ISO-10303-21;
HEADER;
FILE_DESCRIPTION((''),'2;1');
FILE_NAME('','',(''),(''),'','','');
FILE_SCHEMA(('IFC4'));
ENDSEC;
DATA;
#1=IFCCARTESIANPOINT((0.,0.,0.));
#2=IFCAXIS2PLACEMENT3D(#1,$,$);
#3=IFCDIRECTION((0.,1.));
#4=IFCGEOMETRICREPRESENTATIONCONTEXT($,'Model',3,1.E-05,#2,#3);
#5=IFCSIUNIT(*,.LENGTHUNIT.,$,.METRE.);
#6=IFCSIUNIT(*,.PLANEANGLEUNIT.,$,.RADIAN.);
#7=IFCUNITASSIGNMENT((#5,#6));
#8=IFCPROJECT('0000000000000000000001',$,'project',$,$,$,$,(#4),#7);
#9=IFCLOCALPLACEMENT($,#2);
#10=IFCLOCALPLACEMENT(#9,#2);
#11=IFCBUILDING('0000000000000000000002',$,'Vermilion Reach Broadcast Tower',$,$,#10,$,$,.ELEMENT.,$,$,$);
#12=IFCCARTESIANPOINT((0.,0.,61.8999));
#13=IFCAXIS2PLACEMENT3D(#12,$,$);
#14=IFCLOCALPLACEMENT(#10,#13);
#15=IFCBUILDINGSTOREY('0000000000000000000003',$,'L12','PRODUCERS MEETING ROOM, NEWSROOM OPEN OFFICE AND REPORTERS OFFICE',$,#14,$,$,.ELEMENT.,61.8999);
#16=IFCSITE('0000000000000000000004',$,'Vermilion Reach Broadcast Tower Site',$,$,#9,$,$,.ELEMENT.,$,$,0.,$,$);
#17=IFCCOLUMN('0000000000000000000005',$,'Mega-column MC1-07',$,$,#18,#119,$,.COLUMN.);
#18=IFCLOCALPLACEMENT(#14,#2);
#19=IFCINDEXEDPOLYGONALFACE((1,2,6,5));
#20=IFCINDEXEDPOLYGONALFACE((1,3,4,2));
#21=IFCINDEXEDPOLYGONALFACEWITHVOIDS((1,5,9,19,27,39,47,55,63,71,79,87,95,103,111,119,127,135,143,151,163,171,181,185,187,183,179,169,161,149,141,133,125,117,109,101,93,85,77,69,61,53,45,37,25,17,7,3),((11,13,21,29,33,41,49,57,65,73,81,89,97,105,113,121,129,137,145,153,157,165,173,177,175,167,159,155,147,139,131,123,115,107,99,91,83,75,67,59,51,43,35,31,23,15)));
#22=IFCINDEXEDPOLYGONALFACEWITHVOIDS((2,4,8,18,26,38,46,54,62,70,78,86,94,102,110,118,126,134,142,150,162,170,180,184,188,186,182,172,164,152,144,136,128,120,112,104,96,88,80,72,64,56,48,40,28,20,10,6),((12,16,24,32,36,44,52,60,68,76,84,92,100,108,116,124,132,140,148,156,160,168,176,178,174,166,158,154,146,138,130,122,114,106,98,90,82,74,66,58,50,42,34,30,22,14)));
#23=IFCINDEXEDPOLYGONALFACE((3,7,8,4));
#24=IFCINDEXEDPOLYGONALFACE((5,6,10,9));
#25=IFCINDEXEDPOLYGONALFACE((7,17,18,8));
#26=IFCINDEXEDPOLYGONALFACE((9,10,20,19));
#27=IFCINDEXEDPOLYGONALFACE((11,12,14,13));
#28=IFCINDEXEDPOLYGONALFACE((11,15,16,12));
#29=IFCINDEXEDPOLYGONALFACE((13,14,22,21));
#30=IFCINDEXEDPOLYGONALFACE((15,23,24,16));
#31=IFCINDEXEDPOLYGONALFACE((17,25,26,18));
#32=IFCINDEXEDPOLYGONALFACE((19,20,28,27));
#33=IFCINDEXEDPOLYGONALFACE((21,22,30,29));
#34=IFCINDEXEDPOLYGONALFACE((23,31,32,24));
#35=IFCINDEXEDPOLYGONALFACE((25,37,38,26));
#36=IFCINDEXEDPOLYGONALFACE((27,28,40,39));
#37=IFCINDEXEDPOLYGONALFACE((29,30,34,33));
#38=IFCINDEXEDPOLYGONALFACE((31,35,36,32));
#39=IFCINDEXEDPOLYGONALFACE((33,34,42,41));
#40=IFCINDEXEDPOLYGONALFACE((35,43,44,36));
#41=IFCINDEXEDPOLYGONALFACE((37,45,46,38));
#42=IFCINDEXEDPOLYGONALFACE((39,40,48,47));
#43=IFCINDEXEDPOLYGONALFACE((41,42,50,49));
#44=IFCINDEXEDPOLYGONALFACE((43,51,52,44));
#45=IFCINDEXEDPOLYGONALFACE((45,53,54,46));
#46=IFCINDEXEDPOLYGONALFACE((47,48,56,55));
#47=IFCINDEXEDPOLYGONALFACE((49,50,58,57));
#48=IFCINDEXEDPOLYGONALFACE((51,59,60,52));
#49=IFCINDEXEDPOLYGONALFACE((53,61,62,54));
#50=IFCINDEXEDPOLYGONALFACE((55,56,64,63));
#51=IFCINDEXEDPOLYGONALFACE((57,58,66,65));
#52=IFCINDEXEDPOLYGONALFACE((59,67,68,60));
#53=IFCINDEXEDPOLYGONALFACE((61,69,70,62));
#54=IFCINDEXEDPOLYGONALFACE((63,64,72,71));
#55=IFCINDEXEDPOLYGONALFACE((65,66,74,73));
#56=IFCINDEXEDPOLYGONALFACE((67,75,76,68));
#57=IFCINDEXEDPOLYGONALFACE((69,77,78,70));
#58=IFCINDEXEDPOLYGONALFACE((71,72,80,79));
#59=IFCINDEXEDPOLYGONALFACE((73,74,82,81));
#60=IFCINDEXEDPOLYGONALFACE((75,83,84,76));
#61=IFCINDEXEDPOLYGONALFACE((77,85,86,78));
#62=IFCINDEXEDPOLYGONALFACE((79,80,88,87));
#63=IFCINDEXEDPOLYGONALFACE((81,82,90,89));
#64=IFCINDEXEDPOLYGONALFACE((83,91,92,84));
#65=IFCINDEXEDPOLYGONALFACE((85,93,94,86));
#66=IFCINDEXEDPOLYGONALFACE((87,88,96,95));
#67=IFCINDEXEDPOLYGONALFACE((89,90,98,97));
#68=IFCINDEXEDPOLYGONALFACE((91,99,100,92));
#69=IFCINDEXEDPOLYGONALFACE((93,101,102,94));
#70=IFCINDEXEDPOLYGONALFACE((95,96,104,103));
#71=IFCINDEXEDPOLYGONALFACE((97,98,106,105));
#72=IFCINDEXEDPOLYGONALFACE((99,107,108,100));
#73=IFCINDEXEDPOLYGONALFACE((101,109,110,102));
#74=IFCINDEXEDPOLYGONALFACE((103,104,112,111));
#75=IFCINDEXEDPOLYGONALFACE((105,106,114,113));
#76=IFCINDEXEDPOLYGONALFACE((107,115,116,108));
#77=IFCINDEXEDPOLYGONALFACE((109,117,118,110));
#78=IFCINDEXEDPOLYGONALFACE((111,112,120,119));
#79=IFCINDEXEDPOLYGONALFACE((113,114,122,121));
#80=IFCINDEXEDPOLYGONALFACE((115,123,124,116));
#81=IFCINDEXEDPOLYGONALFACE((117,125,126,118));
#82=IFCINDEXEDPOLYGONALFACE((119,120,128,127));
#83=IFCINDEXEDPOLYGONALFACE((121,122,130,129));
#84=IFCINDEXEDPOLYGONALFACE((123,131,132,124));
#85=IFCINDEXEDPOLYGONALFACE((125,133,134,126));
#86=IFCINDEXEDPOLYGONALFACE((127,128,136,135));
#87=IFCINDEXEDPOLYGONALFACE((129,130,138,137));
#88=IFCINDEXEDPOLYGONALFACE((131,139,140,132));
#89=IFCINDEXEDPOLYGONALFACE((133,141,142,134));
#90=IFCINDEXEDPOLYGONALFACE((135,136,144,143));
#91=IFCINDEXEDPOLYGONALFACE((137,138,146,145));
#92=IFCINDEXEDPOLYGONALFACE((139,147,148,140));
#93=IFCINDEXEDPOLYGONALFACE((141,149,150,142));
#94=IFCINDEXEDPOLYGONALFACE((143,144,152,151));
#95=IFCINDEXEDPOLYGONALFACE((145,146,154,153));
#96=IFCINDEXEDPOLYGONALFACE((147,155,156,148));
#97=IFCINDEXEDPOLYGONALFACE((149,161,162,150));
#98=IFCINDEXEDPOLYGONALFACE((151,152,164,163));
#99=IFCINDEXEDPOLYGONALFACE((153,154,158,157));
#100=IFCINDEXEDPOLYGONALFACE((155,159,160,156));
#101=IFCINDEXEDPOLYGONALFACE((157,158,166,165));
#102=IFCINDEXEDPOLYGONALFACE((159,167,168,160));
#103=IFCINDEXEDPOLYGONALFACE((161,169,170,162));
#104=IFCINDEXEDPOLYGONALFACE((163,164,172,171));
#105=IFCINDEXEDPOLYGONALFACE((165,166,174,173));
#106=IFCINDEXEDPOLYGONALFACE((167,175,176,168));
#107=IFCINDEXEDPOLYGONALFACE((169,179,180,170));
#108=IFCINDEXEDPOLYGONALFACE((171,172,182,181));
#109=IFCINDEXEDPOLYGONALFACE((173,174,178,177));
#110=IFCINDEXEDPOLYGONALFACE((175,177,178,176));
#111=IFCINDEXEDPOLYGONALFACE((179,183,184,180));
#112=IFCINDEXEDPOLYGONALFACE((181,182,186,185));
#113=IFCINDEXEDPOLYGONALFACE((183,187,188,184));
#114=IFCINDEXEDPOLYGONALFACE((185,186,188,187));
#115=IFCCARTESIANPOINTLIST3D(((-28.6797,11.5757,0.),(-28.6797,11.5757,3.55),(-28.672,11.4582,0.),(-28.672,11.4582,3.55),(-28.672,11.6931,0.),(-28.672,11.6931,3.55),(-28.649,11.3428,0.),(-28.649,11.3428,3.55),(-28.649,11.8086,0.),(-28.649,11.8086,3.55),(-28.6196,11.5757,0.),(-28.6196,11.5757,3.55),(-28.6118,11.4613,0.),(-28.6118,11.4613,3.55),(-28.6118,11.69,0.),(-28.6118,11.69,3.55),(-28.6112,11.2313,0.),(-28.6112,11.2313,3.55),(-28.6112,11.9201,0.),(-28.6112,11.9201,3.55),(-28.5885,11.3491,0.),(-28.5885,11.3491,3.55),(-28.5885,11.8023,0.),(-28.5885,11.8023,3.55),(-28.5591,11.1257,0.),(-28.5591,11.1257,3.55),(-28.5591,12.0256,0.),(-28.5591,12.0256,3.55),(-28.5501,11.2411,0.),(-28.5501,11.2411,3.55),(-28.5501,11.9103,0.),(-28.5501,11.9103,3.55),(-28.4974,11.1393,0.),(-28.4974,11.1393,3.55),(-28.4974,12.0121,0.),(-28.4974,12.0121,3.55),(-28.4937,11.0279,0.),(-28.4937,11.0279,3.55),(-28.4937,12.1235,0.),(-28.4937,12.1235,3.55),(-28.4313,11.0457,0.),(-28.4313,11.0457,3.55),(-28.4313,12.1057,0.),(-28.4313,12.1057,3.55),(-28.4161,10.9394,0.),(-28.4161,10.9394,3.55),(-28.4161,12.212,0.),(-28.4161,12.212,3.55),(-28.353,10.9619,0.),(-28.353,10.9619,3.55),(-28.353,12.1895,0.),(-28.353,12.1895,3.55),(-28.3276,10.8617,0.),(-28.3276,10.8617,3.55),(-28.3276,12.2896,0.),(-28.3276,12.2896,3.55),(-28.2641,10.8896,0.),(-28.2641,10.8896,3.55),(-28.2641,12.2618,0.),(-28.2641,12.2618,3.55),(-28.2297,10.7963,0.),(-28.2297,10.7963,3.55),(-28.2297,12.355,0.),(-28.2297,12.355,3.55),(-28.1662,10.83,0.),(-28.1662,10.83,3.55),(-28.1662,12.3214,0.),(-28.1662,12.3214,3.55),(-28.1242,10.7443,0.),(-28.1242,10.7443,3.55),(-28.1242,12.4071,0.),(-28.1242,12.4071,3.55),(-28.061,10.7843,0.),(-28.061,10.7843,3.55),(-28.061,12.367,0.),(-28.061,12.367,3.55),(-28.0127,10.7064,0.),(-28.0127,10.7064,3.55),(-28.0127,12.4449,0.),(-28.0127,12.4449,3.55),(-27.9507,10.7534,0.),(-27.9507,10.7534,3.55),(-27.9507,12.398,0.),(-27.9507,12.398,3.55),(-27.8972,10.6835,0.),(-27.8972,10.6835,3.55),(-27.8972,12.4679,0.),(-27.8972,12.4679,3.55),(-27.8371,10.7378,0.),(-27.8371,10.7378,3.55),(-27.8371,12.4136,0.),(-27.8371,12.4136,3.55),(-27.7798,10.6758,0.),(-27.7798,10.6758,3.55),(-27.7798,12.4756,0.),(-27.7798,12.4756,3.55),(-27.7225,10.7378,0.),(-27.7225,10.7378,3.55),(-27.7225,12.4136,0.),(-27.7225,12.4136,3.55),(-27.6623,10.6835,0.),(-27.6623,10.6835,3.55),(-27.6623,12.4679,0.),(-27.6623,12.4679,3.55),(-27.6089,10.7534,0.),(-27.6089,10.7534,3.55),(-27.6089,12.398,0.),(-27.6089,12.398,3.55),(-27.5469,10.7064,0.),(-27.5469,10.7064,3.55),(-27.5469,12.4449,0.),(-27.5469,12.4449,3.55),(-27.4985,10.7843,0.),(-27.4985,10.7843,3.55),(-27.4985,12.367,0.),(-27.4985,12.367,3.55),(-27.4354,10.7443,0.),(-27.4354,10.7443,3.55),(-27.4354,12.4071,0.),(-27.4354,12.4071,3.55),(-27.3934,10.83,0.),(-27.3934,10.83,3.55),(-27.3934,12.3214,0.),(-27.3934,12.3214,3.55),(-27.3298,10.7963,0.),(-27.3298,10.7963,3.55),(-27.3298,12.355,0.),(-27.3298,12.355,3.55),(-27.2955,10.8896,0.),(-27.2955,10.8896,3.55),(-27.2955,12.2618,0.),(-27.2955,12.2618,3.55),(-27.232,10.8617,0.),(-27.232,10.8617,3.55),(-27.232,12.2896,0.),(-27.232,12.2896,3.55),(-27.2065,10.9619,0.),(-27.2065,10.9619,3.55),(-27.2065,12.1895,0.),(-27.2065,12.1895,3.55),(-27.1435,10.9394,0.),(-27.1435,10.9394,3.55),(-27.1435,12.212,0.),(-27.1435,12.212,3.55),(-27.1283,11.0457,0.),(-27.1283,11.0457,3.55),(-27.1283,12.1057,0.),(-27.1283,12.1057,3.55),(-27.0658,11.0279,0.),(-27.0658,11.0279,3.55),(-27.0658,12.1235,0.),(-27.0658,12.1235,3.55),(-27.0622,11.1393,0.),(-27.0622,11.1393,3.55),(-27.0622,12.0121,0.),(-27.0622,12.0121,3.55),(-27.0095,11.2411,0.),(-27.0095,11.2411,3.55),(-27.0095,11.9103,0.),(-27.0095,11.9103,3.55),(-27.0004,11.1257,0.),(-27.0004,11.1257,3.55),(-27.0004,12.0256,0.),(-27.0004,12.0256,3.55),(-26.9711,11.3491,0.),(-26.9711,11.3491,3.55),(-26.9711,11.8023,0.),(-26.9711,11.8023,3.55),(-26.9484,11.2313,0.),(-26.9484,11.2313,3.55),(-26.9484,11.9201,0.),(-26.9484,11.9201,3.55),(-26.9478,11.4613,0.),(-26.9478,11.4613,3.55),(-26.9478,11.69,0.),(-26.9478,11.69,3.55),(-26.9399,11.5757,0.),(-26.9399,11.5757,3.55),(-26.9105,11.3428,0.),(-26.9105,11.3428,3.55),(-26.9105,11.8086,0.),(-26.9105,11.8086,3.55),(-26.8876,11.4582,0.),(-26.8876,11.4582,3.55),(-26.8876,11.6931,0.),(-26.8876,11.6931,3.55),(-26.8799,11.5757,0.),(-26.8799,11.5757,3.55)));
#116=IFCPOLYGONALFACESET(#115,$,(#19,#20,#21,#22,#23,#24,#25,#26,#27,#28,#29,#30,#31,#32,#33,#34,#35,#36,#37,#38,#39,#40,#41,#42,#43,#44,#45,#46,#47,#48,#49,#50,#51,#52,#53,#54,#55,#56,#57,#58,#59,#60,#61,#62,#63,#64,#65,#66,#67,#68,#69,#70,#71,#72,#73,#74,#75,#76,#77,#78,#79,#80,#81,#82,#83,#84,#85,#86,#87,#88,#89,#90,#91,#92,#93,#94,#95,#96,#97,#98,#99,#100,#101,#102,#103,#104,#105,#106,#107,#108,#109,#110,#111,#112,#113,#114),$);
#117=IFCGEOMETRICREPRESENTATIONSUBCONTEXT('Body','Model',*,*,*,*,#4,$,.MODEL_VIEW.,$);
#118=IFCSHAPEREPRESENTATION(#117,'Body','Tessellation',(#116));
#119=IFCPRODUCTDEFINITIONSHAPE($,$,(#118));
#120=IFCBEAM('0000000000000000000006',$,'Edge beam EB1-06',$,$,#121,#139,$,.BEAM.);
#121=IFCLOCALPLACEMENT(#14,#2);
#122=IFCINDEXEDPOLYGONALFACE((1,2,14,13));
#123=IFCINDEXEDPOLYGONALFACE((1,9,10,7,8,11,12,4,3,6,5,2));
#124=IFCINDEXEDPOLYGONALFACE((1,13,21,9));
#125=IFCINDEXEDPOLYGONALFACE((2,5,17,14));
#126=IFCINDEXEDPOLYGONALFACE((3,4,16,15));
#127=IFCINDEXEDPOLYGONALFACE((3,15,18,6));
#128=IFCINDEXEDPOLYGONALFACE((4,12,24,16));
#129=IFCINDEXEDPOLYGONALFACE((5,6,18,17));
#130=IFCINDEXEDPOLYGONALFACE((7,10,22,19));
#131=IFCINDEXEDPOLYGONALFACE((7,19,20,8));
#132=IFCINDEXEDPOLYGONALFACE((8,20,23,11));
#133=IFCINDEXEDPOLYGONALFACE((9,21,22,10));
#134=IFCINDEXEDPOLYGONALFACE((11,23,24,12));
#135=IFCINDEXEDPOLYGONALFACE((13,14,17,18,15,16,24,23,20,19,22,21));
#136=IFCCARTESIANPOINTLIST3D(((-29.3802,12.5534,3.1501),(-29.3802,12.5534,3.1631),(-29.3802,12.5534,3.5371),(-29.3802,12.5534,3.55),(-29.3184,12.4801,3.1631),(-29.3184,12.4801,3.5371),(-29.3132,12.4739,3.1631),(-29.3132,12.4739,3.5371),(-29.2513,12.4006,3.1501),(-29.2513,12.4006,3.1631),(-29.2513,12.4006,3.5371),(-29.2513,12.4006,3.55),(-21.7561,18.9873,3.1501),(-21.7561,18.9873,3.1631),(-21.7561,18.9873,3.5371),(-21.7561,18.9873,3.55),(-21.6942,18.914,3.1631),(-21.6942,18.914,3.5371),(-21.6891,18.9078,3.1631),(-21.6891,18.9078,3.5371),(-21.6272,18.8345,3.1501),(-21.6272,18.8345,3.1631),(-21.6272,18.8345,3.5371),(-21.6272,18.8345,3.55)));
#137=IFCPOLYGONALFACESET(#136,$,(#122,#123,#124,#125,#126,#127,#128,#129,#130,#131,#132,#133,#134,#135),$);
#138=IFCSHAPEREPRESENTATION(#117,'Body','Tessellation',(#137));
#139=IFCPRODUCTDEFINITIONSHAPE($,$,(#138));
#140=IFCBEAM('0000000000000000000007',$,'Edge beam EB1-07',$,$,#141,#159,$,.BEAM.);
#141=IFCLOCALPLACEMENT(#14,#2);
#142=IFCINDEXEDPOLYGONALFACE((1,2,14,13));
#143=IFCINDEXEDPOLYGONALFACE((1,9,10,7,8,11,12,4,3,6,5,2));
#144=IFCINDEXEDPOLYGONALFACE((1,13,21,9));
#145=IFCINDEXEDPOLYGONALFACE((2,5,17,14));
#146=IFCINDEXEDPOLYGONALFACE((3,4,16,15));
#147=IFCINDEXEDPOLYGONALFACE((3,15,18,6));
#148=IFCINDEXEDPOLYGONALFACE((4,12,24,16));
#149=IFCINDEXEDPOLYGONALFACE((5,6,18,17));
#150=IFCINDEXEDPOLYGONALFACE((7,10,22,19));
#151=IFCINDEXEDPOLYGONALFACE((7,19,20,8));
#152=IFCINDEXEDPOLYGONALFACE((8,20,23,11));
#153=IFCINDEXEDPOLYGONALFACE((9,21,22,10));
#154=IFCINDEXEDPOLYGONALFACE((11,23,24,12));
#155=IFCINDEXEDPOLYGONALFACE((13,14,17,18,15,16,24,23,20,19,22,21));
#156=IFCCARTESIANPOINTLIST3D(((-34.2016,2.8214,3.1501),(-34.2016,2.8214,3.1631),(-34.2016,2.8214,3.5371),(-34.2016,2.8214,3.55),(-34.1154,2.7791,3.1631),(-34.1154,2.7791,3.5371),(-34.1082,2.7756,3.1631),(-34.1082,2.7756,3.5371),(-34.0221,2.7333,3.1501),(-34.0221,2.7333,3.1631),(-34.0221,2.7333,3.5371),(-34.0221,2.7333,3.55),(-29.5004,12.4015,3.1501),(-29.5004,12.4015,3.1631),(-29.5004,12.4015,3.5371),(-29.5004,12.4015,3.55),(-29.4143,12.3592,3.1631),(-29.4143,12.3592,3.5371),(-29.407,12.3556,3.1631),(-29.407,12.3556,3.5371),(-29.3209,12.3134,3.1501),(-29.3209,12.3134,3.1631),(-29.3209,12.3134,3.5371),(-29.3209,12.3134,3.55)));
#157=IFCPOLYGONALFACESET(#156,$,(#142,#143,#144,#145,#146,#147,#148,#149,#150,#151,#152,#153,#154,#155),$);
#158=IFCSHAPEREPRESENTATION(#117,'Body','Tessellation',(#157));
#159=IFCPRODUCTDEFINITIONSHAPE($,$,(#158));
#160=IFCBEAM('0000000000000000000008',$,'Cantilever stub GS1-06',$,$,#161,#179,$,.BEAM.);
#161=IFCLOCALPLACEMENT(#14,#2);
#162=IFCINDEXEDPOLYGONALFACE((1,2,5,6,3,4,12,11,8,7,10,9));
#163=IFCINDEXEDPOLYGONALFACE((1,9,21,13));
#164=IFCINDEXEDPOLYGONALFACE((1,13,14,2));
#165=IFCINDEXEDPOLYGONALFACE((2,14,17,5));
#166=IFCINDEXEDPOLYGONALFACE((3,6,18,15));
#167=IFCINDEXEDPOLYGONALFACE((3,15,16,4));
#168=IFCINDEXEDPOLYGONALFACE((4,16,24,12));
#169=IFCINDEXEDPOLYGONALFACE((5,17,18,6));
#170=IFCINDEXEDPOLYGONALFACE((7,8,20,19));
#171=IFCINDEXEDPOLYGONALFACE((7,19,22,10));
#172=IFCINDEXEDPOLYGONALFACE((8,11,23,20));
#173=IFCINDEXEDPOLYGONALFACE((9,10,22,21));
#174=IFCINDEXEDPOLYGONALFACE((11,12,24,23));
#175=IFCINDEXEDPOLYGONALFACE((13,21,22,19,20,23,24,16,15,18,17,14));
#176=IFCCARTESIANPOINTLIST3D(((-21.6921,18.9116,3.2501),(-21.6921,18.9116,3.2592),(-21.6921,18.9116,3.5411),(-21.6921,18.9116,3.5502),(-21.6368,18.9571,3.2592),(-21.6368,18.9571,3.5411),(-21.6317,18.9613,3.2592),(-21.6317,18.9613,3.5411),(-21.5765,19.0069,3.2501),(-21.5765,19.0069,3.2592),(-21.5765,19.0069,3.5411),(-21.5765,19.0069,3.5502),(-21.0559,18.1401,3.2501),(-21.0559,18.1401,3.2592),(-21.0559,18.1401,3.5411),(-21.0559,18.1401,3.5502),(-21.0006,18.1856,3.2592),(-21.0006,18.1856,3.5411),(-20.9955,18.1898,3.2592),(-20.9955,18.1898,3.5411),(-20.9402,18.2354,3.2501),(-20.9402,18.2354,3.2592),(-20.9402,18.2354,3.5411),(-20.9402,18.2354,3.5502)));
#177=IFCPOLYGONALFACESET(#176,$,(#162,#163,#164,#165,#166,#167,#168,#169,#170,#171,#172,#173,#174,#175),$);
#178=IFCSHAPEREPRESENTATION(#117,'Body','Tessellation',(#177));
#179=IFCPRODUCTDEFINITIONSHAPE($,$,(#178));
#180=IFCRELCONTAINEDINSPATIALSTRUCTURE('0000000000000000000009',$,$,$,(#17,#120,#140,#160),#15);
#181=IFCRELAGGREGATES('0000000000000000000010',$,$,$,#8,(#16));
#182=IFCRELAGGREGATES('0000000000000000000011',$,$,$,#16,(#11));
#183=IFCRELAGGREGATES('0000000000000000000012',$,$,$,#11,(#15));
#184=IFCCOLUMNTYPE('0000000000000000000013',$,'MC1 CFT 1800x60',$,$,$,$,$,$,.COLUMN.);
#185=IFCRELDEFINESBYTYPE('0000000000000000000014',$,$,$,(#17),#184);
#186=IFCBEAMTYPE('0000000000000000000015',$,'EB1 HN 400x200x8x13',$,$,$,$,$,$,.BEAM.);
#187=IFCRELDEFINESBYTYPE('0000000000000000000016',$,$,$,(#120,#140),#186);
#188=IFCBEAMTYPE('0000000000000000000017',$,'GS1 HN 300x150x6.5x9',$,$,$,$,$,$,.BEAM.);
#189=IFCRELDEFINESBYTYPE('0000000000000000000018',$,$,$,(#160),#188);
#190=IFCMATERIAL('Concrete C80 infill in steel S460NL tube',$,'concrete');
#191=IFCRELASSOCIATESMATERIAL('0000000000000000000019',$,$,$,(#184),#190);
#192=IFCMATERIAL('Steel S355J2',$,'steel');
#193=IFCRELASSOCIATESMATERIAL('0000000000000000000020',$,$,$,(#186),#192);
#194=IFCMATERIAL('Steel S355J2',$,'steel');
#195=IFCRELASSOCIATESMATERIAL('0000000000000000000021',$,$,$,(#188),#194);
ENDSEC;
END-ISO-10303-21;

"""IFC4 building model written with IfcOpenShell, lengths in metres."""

from ifc_helpers import new_model, si_unit, direction, frame, origin, origin_2d, place, context, subcontext, project, spatial, hollow_circle, i_section, extrude, material, material_profile, profile_set, type_object, element, save


model = new_model("IFC4")

# Units and contexts
model_context = context("Model", 3, precision=1e-05, world=origin(), true_north=direction((0.0, 1.0)))
body_context = subcontext(model_context, "Body", "Model", "MODEL_VIEW")
ifc_project = project(units=[si_unit("LENGTHUNIT", "METRE"), si_unit("PLANEANGLEUNIT", "RADIAN")], contexts=[model_context])

# Site, building, storey
site_placement = place(None, origin())
site = spatial("IfcSite", under=ifc_project, at=site_placement, Name="Vermilion Reach Broadcast Tower Site", CompositionType="ELEMENT", RefElevation=0.0)
building_placement = place(site_placement, origin())
building = spatial("IfcBuilding", under=site, at=building_placement, Name="Vermilion Reach Broadcast Tower", CompositionType="ELEMENT")
storey_placement = place(building_placement, frame((0.0, 0.0, 61.8999)))
storey = spatial("IfcBuildingStorey", under=building, at=storey_placement, Name="L12", Description="PRODUCERS MEETING ROOM, NEWSROOM OPEN OFFICE AND REPORTERS OFFICE", CompositionType="ELEMENT", Elevation=61.8999)

# Column
ifc_material_1 = material(Name="Concrete C80 infill in steel S460NL tube", Category="concrete")
ifc_material_profile_1 = material_profile(ifc_material_1, hollow_circle(Radius=0.8999, WallThickness=0.0601, at=origin_2d()), Name="Concrete C80 infill in steel S460NL tube CFT 1800x60")
ifc_profile_set_1 = profile_set([ifc_material_profile_1], Name="Concrete C80 infill in steel S460NL tube")
column_type = type_object("IfcColumnType", Name="MC1 CFT 1800x60", PredefinedType="COLUMN", material=ifc_profile_set_1)
for number, where, z_axis, x_axis, name in (
    (1, (-27.7798, 11.5757, 0.0), (0.0, 0.0, 1.0), (1.0, 0.0, 0.0), "Mega-column MC1-07"),
):
    element("IfcColumn", number, at=place(storey_placement, frame(where, z_axis=z_axis, x_axis=x_axis)), inside=storey, type_object=column_type, Name=name, PredefinedType="COLUMN", context=body_context, shape_type="SweptSolid", body=[
        extrude(hollow_circle(Radius=0.8999, WallThickness=0.0601, at=origin_2d()), origin(), (0.0, 0.0, 1.0), 3.55),
    ])

# Beams
ifc_material_2 = material(Name="Steel S355J2", Category="steel")
ifc_material_profile_2 = material_profile(ifc_material_2, i_section(OverallWidth=0.2, OverallDepth=0.3999, WebThickness=0.0081, FlangeThickness=0.0129, at=origin_2d()), Name="S355J2 HN 400x200x8x13")
ifc_profile_set_2 = profile_set([ifc_material_profile_2], Name="Steel S355J2")
beam_type_1 = type_object("IfcBeamType", Name="EB1 HN 400x200x8x13", PredefinedType="BEAM", material=ifc_profile_set_2)
beam_1_placement = place(storey_placement, frame((-21.6917, 18.9109, 3.3501), z_axis=(-0.764239, -0.644933, 0.0), x_axis=(0.644933, -0.764239, 0.0)))
element("IfcBeam", 2, at=beam_1_placement, inside=storey, type_object=beam_type_1, Name="Edge beam EB1-06", PredefinedType="BEAM", context=body_context, shape_type="SweptSolid", body=[
    extrude(i_section(OverallWidth=0.2, OverallDepth=0.3999, WebThickness=0.0081, FlangeThickness=0.0129, at=origin_2d()), origin(), (0.0, 0.0, 1.0), 9.9761),
])
beam_2_placement = place(storey_placement, frame((-29.4106, 12.3574, 3.3501), z_axis=(-0.440539, -0.897733, 0.0), x_axis=(0.897733, -0.440539, 0.0)))
element("IfcBeam", 3, at=beam_2_placement, inside=storey, type_object=beam_type_1, Name="Edge beam EB1-07", PredefinedType="BEAM", context=body_context, shape_type="SweptSolid", body=[
    extrude(i_section(OverallWidth=0.2, OverallDepth=0.3999, WebThickness=0.0081, FlangeThickness=0.0129, at=origin_2d()), origin(), (0.0, 0.0, 1.0), 10.6714),
])
ifc_material_3 = material(Name="Steel S355J2", Category="steel")
ifc_material_profile_3 = material_profile(ifc_material_3, i_section(OverallWidth=0.1499, OverallDepth=0.3, WebThickness=0.0066, FlangeThickness=0.009, at=origin_2d()), Name="S355J2 HN 300x150x6.5x9")
ifc_profile_set_3 = profile_set([ifc_material_profile_3], Name="Steel S355J2")
beam_type_2 = type_object("IfcBeamType", Name="GS1 HN 300x150x6.5x9", PredefinedType="BEAM", material=ifc_profile_set_3)
for number, where, z_axis, x_axis, name in (
    (4, (-20.998, 18.1877, 3.4001), (-0.636238, 0.771493, 0.0), (-0.771493, -0.636238, 0.0), "Cantilever stub GS1-06"),
):
    element("IfcBeam", number, at=place(storey_placement, frame(where, z_axis=z_axis, x_axis=x_axis)), inside=storey, type_object=beam_type_2, Name=name, PredefinedType="BEAM", context=body_context, shape_type="SweptSolid", body=[
        extrude(i_section(OverallWidth=0.1499, OverallDepth=0.3, WebThickness=0.0066, FlangeThickness=0.009, at=origin_2d()), origin(), (0.0, 0.0, 1.0), 1.0),
    ])

save(model, "model.ifc")
